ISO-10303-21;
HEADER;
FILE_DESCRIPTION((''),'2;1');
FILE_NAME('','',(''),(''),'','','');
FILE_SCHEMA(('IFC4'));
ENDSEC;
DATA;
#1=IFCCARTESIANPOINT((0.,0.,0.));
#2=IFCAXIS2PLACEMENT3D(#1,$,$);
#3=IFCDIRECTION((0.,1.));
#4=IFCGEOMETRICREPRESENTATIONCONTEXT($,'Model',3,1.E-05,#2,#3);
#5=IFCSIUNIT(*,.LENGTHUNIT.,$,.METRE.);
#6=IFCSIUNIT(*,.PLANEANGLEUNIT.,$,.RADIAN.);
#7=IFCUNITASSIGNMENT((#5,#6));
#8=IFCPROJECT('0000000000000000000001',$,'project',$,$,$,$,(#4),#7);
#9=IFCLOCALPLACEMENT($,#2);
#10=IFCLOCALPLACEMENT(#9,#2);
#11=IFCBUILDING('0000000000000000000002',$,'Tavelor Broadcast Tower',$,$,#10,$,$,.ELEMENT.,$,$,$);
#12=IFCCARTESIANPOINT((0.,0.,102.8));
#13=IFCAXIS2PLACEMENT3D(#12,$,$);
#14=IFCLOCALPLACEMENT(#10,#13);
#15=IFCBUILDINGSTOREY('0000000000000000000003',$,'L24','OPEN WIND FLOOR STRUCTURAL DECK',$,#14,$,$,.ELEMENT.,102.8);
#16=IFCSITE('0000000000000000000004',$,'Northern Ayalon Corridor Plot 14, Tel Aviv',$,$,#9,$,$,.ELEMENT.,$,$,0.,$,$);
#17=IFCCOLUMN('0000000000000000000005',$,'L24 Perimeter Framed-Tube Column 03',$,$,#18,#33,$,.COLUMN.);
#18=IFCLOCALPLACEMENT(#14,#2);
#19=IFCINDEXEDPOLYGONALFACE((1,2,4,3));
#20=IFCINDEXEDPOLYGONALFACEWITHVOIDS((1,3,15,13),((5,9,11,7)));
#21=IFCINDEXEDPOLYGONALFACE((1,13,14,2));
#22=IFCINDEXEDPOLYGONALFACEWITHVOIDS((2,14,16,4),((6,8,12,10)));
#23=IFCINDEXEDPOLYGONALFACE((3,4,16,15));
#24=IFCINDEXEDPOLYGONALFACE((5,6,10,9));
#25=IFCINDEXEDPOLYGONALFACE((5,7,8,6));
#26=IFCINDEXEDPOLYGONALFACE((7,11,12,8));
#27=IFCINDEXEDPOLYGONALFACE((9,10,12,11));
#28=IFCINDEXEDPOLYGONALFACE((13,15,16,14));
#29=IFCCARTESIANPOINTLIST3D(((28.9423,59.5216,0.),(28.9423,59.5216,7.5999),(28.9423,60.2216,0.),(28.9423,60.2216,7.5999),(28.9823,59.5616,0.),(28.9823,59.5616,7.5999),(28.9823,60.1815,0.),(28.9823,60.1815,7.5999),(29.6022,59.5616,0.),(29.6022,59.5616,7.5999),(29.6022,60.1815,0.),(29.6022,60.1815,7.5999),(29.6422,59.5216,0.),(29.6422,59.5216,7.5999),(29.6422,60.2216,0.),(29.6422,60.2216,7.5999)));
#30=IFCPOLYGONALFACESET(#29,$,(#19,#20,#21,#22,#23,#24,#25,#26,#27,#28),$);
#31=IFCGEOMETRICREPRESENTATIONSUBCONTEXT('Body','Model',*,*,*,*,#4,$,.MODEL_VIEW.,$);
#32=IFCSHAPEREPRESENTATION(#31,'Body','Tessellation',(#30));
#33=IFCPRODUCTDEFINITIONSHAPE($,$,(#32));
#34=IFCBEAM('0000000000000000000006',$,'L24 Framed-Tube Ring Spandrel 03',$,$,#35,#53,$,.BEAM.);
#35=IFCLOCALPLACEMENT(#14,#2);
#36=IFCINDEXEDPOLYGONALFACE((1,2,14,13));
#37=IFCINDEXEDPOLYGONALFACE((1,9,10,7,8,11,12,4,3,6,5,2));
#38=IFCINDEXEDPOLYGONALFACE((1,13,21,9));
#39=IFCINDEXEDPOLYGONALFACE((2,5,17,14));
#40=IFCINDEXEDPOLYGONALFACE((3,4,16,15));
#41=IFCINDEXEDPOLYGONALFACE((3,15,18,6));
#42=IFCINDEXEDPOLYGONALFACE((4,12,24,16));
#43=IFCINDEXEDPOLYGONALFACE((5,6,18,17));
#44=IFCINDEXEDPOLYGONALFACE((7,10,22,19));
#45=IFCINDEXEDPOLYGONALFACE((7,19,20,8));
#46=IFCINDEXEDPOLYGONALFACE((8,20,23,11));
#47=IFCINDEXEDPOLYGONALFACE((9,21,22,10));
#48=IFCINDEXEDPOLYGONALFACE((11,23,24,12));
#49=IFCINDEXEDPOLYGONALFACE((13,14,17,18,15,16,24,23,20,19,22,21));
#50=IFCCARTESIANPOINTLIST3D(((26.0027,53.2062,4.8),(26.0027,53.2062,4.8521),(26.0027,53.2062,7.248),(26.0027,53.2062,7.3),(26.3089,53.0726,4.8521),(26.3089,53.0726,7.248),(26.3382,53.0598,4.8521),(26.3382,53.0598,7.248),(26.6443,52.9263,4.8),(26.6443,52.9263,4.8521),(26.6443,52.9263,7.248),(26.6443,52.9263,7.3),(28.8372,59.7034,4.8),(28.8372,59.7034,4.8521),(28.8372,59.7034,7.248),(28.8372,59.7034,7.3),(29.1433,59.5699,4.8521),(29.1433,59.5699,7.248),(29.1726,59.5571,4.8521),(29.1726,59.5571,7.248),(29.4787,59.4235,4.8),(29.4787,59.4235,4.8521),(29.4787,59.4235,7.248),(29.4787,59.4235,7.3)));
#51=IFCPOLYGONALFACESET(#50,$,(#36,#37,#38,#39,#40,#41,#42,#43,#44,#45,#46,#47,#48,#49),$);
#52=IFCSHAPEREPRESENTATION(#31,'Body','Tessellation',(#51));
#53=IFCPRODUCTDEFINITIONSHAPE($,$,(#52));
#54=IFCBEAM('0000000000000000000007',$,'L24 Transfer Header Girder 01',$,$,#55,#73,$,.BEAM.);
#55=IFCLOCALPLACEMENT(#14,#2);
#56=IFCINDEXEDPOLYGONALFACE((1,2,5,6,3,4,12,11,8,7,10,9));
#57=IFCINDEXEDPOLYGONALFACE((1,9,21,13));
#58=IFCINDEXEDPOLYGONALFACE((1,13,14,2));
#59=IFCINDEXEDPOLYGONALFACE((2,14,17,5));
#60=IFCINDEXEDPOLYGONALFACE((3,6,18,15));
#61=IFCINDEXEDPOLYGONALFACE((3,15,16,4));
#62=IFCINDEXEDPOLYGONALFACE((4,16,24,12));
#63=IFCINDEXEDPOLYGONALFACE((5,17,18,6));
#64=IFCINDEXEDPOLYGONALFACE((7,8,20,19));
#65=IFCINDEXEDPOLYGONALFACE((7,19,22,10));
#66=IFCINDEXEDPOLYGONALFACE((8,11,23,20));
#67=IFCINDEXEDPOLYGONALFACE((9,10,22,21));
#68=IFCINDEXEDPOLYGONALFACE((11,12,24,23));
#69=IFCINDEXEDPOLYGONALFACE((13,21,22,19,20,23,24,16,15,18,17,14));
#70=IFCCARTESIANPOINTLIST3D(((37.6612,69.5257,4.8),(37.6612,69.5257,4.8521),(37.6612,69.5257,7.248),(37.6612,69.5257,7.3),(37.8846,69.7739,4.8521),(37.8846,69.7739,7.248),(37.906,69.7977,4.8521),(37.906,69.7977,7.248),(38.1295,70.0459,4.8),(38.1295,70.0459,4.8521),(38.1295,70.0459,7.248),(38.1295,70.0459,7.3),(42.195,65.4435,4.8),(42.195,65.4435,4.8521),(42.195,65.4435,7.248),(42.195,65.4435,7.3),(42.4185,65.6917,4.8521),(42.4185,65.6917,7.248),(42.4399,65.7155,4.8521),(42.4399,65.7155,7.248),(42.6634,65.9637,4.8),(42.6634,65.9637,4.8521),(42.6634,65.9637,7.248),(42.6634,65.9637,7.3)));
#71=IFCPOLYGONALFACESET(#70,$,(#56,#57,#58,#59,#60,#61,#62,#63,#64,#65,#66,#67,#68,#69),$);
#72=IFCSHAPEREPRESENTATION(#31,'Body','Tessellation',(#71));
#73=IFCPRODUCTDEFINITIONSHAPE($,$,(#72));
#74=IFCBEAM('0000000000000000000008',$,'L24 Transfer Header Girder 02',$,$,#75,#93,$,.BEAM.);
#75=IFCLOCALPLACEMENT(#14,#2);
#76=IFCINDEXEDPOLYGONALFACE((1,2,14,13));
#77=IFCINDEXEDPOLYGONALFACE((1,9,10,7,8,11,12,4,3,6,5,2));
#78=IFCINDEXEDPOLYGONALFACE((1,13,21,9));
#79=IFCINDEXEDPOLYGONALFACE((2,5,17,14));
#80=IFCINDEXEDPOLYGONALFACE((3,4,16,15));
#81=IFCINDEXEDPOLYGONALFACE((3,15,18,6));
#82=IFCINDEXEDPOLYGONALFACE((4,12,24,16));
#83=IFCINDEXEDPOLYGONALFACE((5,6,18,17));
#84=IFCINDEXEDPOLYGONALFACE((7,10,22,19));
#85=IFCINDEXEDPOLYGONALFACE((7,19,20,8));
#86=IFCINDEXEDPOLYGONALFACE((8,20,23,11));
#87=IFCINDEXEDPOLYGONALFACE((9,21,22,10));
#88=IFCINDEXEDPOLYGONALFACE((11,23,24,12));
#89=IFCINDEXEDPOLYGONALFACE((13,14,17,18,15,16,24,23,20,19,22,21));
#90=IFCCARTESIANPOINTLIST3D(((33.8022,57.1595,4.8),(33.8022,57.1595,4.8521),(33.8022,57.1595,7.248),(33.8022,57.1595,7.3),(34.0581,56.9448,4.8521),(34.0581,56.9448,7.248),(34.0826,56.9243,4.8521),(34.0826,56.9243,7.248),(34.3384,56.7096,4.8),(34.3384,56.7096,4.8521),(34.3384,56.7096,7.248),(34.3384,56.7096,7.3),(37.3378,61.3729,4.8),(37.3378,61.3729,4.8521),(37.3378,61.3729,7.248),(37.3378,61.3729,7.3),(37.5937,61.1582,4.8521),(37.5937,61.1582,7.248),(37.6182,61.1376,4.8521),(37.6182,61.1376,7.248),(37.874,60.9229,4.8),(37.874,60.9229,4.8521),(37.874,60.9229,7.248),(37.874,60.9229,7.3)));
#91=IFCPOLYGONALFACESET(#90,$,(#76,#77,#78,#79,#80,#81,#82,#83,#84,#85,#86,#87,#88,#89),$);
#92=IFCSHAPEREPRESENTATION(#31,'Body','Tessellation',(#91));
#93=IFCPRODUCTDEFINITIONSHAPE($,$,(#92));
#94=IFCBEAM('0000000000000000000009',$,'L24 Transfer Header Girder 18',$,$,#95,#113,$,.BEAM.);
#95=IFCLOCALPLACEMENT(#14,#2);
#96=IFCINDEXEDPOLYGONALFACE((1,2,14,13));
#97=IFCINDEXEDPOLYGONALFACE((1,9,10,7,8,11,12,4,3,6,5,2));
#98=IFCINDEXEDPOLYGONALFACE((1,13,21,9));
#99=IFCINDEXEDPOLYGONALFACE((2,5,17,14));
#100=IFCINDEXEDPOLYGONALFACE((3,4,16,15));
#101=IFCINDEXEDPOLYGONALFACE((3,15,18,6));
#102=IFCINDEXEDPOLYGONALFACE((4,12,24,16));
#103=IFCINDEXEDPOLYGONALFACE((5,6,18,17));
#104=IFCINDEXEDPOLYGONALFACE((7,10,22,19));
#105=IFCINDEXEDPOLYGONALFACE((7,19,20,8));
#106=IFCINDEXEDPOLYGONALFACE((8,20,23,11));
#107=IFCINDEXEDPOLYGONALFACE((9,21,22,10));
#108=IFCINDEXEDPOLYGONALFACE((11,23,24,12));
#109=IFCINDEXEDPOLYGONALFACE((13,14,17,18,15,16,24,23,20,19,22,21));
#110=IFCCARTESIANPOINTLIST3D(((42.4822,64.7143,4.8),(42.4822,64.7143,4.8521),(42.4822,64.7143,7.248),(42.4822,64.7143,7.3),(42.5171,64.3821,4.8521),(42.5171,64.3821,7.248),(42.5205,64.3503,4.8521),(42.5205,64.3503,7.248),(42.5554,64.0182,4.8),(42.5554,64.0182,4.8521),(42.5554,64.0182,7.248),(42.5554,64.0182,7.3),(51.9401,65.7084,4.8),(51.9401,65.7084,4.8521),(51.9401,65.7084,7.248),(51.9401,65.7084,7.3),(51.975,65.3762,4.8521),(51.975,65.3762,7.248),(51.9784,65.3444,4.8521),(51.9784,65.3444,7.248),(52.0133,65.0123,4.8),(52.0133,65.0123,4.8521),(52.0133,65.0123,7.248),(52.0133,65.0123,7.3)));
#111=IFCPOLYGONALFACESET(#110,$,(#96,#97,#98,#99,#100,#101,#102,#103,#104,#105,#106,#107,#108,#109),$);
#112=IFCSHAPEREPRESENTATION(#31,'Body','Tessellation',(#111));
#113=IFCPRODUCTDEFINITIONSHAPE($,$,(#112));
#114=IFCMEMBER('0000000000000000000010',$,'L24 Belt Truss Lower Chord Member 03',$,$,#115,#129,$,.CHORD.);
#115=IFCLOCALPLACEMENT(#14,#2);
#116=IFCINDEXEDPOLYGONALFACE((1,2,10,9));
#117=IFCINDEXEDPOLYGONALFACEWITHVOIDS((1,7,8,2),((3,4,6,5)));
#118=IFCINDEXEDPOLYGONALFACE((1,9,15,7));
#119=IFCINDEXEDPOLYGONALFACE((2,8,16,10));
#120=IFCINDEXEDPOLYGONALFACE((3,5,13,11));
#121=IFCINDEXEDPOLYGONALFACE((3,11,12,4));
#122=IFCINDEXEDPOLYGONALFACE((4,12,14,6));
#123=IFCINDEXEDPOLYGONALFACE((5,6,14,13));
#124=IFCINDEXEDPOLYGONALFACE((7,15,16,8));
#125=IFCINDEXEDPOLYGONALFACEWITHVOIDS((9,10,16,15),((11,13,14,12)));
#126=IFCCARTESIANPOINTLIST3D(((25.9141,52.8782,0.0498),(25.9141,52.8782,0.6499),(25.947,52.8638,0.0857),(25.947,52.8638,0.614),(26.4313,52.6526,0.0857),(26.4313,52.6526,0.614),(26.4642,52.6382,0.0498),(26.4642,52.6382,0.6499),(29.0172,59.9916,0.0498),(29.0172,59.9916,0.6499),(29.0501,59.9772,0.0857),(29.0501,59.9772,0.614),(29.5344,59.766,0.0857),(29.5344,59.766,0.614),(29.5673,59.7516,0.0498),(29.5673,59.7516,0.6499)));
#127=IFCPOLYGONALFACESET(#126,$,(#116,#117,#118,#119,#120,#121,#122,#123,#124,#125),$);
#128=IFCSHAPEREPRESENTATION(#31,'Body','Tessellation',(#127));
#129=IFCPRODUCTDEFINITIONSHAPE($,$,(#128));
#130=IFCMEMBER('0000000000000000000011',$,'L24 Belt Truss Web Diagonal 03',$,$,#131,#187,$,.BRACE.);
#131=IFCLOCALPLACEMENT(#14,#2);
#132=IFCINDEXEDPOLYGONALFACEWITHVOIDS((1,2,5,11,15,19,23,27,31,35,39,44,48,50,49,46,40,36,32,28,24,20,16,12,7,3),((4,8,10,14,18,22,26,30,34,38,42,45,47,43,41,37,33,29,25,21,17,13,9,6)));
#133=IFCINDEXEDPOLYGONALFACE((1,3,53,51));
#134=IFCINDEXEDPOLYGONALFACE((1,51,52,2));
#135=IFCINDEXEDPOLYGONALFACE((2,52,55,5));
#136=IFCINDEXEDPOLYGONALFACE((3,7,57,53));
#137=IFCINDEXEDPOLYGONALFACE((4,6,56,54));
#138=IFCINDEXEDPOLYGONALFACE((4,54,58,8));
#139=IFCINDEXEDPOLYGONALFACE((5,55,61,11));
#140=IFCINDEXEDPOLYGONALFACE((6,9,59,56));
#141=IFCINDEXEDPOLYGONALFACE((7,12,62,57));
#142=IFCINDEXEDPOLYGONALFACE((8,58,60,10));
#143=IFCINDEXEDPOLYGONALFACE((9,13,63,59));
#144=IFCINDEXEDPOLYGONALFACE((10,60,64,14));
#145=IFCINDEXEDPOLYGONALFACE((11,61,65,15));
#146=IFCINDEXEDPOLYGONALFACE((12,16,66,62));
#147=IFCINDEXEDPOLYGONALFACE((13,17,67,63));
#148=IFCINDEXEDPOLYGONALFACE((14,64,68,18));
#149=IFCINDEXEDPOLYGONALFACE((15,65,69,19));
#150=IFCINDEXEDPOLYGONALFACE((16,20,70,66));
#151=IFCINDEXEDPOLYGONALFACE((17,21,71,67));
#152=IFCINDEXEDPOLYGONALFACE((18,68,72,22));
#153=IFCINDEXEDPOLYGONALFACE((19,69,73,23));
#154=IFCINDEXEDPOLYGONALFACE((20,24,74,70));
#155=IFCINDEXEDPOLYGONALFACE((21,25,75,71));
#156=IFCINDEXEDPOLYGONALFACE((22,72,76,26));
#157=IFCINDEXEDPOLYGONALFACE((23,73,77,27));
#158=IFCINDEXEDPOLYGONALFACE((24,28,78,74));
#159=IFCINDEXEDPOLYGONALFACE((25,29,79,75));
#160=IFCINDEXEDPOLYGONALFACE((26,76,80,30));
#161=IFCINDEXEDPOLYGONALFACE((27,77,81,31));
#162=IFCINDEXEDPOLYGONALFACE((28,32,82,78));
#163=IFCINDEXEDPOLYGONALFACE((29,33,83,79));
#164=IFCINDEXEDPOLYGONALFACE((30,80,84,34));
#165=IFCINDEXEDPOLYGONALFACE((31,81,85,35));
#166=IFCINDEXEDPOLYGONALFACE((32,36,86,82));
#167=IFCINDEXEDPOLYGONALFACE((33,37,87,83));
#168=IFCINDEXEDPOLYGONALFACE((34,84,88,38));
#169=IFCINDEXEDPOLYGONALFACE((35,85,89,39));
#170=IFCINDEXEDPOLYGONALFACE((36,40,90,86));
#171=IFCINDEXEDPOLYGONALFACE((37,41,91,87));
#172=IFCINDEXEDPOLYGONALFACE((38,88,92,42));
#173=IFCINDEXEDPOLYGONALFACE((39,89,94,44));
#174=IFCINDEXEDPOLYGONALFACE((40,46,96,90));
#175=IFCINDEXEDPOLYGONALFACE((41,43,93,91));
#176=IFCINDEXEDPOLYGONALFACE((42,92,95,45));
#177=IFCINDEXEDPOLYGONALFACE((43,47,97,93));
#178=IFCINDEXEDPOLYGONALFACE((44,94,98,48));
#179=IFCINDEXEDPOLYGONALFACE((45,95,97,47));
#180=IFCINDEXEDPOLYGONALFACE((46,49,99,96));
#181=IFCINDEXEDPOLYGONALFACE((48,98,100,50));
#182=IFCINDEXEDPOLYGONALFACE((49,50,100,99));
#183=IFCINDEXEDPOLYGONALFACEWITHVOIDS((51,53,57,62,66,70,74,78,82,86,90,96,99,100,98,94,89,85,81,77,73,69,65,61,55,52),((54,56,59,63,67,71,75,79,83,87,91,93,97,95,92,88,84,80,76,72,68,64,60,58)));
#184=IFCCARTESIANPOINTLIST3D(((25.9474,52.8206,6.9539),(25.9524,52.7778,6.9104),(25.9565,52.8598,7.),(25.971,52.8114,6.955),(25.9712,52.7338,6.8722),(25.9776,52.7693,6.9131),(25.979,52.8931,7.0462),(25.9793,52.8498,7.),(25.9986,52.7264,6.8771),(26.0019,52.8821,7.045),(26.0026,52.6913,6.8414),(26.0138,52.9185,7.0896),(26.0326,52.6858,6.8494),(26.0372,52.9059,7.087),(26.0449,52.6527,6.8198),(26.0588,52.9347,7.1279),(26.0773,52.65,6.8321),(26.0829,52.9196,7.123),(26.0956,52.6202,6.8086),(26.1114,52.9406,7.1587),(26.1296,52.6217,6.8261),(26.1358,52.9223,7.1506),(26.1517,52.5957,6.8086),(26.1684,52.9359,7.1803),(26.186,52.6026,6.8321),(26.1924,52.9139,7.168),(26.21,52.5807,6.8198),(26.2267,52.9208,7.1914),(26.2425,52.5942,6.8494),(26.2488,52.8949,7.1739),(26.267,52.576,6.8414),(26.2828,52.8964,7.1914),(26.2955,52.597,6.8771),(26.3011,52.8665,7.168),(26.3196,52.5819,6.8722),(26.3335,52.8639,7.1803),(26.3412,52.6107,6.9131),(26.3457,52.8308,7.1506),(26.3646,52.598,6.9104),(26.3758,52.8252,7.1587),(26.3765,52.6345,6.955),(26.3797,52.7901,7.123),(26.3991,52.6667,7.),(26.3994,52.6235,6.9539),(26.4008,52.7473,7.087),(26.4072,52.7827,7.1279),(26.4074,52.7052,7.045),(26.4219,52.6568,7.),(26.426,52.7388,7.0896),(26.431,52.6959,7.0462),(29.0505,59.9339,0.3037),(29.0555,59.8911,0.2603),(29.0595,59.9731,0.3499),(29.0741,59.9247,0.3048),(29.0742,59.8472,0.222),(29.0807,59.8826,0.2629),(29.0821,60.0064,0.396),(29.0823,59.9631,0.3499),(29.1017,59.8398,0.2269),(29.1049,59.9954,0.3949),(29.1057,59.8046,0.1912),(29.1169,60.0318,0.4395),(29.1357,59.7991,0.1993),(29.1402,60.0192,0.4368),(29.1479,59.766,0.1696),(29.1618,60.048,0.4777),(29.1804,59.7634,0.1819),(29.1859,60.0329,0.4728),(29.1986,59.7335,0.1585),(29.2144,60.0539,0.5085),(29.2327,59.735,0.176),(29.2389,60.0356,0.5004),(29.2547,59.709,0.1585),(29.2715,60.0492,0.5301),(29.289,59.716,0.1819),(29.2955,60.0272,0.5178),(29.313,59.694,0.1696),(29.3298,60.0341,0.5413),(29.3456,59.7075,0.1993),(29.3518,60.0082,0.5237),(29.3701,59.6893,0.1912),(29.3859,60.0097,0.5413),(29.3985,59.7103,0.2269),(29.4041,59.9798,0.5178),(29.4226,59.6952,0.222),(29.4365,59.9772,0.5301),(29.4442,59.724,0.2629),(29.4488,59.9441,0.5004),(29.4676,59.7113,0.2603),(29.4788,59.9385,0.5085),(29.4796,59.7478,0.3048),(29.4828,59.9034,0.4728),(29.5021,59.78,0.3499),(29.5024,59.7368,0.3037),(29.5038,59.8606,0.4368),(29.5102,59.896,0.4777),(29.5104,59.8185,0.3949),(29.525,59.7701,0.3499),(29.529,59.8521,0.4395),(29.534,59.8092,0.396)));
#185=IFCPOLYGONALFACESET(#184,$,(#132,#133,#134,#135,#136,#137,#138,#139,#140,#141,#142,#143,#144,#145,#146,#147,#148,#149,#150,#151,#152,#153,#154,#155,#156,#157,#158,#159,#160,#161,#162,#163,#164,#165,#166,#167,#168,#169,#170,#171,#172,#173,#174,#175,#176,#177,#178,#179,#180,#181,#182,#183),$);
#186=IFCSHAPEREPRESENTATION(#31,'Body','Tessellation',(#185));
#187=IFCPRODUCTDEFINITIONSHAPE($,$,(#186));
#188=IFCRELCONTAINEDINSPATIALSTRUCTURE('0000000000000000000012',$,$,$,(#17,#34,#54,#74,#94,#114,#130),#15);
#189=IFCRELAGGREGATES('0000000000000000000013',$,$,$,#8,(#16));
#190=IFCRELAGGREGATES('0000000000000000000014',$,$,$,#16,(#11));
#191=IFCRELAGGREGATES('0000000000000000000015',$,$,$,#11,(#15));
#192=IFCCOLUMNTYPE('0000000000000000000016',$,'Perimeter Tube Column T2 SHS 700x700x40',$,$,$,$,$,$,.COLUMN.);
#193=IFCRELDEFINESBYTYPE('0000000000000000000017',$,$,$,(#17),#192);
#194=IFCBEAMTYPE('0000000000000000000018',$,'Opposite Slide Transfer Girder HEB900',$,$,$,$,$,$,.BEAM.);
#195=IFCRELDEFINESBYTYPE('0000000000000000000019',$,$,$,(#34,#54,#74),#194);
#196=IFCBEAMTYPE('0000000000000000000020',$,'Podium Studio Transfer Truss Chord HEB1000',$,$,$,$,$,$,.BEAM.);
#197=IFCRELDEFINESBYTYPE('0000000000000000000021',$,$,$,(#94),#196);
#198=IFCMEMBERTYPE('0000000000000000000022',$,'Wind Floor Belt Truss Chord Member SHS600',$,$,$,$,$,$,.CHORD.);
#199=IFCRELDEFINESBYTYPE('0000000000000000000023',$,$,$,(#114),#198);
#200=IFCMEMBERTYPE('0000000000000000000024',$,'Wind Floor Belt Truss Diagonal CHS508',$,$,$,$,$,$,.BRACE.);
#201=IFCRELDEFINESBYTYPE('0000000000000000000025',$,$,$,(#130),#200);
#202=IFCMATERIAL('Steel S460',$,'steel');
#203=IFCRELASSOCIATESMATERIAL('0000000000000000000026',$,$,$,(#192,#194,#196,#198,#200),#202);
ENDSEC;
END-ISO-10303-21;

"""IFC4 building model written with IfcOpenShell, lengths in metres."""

from ifc_helpers import new_model, si_unit, direction, frame, origin, origin_2d, place, context, subcontext, project, spatial, hollow_rectangle, hollow_circle, i_section, extrude, material, material_profile, profile_set, type_object, element, save


model = new_model("IFC4")

# Units and contexts
model_context = context("Model", 3, precision=1e-05, world=origin(), true_north=direction((0.0, 1.0)))
body_context = subcontext(model_context, "Body", "Model", "MODEL_VIEW")
ifc_project = project(units=[si_unit("LENGTHUNIT", "METRE"), si_unit("PLANEANGLEUNIT", "RADIAN")], contexts=[model_context])

# Site, building, storey
site_placement = place(None, origin())
site = spatial("IfcSite", under=ifc_project, at=site_placement, Name="Northern Ayalon Corridor Plot 14, Tel Aviv", CompositionType="ELEMENT", RefElevation=0.0)
building_placement = place(site_placement, origin())
building = spatial("IfcBuilding", under=site, at=building_placement, Name="Tavelor Broadcast Tower", CompositionType="ELEMENT")
storey_placement = place(building_placement, frame((0.0, 0.0, 102.8)))
storey = spatial("IfcBuildingStorey", under=building, at=storey_placement, Name="L24", Description="OPEN WIND FLOOR STRUCTURAL DECK", CompositionType="ELEMENT", Elevation=102.8)

# Column
ifc_material_1 = material(Name="Steel S460", Category="steel")
ifc_material_profile_1 = material_profile(ifc_material_1, hollow_rectangle(XDim=0.7, YDim=0.7, WallThickness=0.04, at=origin_2d()), Name="SHS 700x700x40")
ifc_profile_set_1 = profile_set([ifc_material_profile_1], Name="Steel S460")
column_type = type_object("IfcColumnType", Name="Perimeter Tube Column T2 SHS 700x700x40", PredefinedType="COLUMN", material=ifc_profile_set_1)
column_placement = place(storey_placement, frame((29.2922, 59.8716, 0.0), z_axis=(0.0, 0.0, 1.0), x_axis=(1.0, 0.0, 0.0)))
element("IfcColumn", 1, at=column_placement, inside=storey, type_object=column_type, Name="L24 Perimeter Framed-Tube Column 03", PredefinedType="COLUMN", context=body_context, shape_type="SweptSolid", body=[
    extrude(hollow_rectangle(XDim=0.7, YDim=0.7, WallThickness=0.04, at=origin_2d()), origin(), (0.0, 0.0, 1.0), 7.5999),
])

# Beams
ifc_material_profile_2 = material_profile(ifc_material_1, i_section(OverallWidth=0.7, OverallDepth=2.5, WebThickness=0.032, FlangeThickness=0.052, at=origin_2d()), Name="PG 2500x700")
ifc_profile_set_2 = profile_set([ifc_material_profile_2], Name="Steel S460")
beam_type_1 = type_object("IfcBeamType", Name="Opposite Slide Transfer Girder HEB900", PredefinedType="BEAM", material=ifc_profile_set_2)
beam_1_placement = place(storey_placement, frame((29.158, 59.5635, 6.05), z_axis=(-0.399859, -0.916577, 0.0), x_axis=(0.916577, -0.399859, 0.0)))
element("IfcBeam", 2, at=beam_1_placement, inside=storey, type_object=beam_type_1, Name="L24 Framed-Tube Ring Spandrel 03", PredefinedType="BEAM", context=body_context, shape_type="SweptSolid", body=[
    extrude(i_section(OverallWidth=0.7, OverallDepth=2.5, WebThickness=0.032, FlangeThickness=0.052, at=origin_2d()), origin(), (0.0, 0.0, 1.0), 7.0886),
])
beam_2_placement = place(storey_placement, frame((42.4292, 65.7036, 6.05), z_axis=(-0.743153, 0.669122, 0.0), x_axis=(-0.669122, -0.743153, 0.0)))
element("IfcBeam", 3, at=beam_2_placement, inside=storey, type_object=beam_type_1, Name="L24 Transfer Header Girder 01", PredefinedType="BEAM", context=body_context, shape_type="SweptSolid", body=[
    extrude(i_section(OverallWidth=0.7, OverallDepth=2.5, WebThickness=0.032, FlangeThickness=0.052, at=origin_2d()), origin(), (0.0, 0.0, 1.0), 6.1008),
])
beam_3_placement = place(storey_placement, frame((34.0703, 56.9346, 6.05), z_axis=(0.642809, 0.766027, 0.0), x_axis=(-0.766027, 0.642809, 0.0)))
element("IfcBeam", 4, at=beam_3_placement, inside=storey, type_object=beam_type_1, Name="L24 Transfer Header Girder 02", PredefinedType="BEAM", context=body_context, shape_type="SweptSolid", body=[
    extrude(i_section(OverallWidth=0.7, OverallDepth=2.5, WebThickness=0.032, FlangeThickness=0.052, at=origin_2d()), origin(), (0.0, 0.0, 1.0), 5.5002),
])
ifc_material_profile_3 = material_profile(ifc_material_1, i_section(OverallWidth=0.7, OverallDepth=2.5, WebThickness=0.032, FlangeThickness=0.052, at=origin_2d()), Name="PG 2500x700")
ifc_profile_set_3 = profile_set([ifc_material_profile_3], Name="Steel S460")
beam_type_2 = type_object("IfcBeamType", Name="Podium Studio Transfer Truss Chord HEB1000", PredefinedType="BEAM", material=ifc_profile_set_3)
beam_4_placement = place(storey_placement, frame((42.5188, 64.3662, 6.05), z_axis=(0.994521, 0.104535, 0.0), x_axis=(-0.104535, 0.994521, 0.0)))
element("IfcBeam", 5, at=beam_4_placement, inside=storey, type_object=beam_type_2, Name="L24 Transfer Header Girder 18", PredefinedType="BEAM", context=body_context, shape_type="SweptSolid", body=[
    extrude(i_section(OverallWidth=0.7, OverallDepth=2.5, WebThickness=0.032, FlangeThickness=0.052, at=origin_2d()), origin(), (0.0, 0.0, 1.0), 9.51),
])

# Members
ifc_material_profile_4 = material_profile(ifc_material_1, hollow_rectangle(XDim=0.6001, YDim=0.6001, WallThickness=0.0359, at=origin_2d()), Name="SHS 600x600x36")
ifc_profile_set_4 = profile_set([ifc_material_profile_4], Name="Steel S460")
member_type_1 = type_object("IfcMemberType", Name="Wind Floor Belt Truss Chord Member SHS600", PredefinedType="CHORD", material=ifc_profile_set_4)
member_1_placement = place(storey_placement, frame((29.2922, 59.8716, 0.3499), z_axis=(-0.399842, -0.916584, 0.0), x_axis=(0.916584, -0.399842, 0.0)))
element("IfcMember", 6, at=member_1_placement, inside=storey, type_object=member_type_1, Name="L24 Belt Truss Lower Chord Member 03", PredefinedType="CHORD", context=body_context, shape_type="SweptSolid", body=[
    extrude(hollow_rectangle(XDim=0.6001, YDim=0.6001, WallThickness=0.0359, at=origin_2d()), origin(), (0.0, 0.0, 1.0), 7.7607),
])
ifc_material_profile_5 = material_profile(ifc_material_1, hollow_circle(Radius=0.2539, WallThickness=0.0249, at=origin_2d()), Name="CHS 508x25")
ifc_profile_set_5 = profile_set([ifc_material_profile_5], Name="Steel S460")
member_type_2 = type_object("IfcMemberType", Name="Wind Floor Belt Truss Diagonal CHS508", PredefinedType="BRACE", material=ifc_profile_set_5)
member_2_placement = place(storey_placement, frame((29.2922, 59.8716, 0.3499), z_axis=(-0.303618, -0.696004, 0.650688), x_axis=(0.916584, -0.399842, 0.0)))
element("IfcMember", 7, at=member_2_placement, inside=storey, type_object=member_type_2, Name="L24 Belt Truss Web Diagonal 03", PredefinedType="BRACE", context=body_context, shape_type="SweptSolid", body=[
    extrude(hollow_circle(Radius=0.2539, WallThickness=0.0249, at=origin_2d()), origin(), (0.0, 0.0, 1.0), 10.2202),
])

save(model, "model.ifc")
